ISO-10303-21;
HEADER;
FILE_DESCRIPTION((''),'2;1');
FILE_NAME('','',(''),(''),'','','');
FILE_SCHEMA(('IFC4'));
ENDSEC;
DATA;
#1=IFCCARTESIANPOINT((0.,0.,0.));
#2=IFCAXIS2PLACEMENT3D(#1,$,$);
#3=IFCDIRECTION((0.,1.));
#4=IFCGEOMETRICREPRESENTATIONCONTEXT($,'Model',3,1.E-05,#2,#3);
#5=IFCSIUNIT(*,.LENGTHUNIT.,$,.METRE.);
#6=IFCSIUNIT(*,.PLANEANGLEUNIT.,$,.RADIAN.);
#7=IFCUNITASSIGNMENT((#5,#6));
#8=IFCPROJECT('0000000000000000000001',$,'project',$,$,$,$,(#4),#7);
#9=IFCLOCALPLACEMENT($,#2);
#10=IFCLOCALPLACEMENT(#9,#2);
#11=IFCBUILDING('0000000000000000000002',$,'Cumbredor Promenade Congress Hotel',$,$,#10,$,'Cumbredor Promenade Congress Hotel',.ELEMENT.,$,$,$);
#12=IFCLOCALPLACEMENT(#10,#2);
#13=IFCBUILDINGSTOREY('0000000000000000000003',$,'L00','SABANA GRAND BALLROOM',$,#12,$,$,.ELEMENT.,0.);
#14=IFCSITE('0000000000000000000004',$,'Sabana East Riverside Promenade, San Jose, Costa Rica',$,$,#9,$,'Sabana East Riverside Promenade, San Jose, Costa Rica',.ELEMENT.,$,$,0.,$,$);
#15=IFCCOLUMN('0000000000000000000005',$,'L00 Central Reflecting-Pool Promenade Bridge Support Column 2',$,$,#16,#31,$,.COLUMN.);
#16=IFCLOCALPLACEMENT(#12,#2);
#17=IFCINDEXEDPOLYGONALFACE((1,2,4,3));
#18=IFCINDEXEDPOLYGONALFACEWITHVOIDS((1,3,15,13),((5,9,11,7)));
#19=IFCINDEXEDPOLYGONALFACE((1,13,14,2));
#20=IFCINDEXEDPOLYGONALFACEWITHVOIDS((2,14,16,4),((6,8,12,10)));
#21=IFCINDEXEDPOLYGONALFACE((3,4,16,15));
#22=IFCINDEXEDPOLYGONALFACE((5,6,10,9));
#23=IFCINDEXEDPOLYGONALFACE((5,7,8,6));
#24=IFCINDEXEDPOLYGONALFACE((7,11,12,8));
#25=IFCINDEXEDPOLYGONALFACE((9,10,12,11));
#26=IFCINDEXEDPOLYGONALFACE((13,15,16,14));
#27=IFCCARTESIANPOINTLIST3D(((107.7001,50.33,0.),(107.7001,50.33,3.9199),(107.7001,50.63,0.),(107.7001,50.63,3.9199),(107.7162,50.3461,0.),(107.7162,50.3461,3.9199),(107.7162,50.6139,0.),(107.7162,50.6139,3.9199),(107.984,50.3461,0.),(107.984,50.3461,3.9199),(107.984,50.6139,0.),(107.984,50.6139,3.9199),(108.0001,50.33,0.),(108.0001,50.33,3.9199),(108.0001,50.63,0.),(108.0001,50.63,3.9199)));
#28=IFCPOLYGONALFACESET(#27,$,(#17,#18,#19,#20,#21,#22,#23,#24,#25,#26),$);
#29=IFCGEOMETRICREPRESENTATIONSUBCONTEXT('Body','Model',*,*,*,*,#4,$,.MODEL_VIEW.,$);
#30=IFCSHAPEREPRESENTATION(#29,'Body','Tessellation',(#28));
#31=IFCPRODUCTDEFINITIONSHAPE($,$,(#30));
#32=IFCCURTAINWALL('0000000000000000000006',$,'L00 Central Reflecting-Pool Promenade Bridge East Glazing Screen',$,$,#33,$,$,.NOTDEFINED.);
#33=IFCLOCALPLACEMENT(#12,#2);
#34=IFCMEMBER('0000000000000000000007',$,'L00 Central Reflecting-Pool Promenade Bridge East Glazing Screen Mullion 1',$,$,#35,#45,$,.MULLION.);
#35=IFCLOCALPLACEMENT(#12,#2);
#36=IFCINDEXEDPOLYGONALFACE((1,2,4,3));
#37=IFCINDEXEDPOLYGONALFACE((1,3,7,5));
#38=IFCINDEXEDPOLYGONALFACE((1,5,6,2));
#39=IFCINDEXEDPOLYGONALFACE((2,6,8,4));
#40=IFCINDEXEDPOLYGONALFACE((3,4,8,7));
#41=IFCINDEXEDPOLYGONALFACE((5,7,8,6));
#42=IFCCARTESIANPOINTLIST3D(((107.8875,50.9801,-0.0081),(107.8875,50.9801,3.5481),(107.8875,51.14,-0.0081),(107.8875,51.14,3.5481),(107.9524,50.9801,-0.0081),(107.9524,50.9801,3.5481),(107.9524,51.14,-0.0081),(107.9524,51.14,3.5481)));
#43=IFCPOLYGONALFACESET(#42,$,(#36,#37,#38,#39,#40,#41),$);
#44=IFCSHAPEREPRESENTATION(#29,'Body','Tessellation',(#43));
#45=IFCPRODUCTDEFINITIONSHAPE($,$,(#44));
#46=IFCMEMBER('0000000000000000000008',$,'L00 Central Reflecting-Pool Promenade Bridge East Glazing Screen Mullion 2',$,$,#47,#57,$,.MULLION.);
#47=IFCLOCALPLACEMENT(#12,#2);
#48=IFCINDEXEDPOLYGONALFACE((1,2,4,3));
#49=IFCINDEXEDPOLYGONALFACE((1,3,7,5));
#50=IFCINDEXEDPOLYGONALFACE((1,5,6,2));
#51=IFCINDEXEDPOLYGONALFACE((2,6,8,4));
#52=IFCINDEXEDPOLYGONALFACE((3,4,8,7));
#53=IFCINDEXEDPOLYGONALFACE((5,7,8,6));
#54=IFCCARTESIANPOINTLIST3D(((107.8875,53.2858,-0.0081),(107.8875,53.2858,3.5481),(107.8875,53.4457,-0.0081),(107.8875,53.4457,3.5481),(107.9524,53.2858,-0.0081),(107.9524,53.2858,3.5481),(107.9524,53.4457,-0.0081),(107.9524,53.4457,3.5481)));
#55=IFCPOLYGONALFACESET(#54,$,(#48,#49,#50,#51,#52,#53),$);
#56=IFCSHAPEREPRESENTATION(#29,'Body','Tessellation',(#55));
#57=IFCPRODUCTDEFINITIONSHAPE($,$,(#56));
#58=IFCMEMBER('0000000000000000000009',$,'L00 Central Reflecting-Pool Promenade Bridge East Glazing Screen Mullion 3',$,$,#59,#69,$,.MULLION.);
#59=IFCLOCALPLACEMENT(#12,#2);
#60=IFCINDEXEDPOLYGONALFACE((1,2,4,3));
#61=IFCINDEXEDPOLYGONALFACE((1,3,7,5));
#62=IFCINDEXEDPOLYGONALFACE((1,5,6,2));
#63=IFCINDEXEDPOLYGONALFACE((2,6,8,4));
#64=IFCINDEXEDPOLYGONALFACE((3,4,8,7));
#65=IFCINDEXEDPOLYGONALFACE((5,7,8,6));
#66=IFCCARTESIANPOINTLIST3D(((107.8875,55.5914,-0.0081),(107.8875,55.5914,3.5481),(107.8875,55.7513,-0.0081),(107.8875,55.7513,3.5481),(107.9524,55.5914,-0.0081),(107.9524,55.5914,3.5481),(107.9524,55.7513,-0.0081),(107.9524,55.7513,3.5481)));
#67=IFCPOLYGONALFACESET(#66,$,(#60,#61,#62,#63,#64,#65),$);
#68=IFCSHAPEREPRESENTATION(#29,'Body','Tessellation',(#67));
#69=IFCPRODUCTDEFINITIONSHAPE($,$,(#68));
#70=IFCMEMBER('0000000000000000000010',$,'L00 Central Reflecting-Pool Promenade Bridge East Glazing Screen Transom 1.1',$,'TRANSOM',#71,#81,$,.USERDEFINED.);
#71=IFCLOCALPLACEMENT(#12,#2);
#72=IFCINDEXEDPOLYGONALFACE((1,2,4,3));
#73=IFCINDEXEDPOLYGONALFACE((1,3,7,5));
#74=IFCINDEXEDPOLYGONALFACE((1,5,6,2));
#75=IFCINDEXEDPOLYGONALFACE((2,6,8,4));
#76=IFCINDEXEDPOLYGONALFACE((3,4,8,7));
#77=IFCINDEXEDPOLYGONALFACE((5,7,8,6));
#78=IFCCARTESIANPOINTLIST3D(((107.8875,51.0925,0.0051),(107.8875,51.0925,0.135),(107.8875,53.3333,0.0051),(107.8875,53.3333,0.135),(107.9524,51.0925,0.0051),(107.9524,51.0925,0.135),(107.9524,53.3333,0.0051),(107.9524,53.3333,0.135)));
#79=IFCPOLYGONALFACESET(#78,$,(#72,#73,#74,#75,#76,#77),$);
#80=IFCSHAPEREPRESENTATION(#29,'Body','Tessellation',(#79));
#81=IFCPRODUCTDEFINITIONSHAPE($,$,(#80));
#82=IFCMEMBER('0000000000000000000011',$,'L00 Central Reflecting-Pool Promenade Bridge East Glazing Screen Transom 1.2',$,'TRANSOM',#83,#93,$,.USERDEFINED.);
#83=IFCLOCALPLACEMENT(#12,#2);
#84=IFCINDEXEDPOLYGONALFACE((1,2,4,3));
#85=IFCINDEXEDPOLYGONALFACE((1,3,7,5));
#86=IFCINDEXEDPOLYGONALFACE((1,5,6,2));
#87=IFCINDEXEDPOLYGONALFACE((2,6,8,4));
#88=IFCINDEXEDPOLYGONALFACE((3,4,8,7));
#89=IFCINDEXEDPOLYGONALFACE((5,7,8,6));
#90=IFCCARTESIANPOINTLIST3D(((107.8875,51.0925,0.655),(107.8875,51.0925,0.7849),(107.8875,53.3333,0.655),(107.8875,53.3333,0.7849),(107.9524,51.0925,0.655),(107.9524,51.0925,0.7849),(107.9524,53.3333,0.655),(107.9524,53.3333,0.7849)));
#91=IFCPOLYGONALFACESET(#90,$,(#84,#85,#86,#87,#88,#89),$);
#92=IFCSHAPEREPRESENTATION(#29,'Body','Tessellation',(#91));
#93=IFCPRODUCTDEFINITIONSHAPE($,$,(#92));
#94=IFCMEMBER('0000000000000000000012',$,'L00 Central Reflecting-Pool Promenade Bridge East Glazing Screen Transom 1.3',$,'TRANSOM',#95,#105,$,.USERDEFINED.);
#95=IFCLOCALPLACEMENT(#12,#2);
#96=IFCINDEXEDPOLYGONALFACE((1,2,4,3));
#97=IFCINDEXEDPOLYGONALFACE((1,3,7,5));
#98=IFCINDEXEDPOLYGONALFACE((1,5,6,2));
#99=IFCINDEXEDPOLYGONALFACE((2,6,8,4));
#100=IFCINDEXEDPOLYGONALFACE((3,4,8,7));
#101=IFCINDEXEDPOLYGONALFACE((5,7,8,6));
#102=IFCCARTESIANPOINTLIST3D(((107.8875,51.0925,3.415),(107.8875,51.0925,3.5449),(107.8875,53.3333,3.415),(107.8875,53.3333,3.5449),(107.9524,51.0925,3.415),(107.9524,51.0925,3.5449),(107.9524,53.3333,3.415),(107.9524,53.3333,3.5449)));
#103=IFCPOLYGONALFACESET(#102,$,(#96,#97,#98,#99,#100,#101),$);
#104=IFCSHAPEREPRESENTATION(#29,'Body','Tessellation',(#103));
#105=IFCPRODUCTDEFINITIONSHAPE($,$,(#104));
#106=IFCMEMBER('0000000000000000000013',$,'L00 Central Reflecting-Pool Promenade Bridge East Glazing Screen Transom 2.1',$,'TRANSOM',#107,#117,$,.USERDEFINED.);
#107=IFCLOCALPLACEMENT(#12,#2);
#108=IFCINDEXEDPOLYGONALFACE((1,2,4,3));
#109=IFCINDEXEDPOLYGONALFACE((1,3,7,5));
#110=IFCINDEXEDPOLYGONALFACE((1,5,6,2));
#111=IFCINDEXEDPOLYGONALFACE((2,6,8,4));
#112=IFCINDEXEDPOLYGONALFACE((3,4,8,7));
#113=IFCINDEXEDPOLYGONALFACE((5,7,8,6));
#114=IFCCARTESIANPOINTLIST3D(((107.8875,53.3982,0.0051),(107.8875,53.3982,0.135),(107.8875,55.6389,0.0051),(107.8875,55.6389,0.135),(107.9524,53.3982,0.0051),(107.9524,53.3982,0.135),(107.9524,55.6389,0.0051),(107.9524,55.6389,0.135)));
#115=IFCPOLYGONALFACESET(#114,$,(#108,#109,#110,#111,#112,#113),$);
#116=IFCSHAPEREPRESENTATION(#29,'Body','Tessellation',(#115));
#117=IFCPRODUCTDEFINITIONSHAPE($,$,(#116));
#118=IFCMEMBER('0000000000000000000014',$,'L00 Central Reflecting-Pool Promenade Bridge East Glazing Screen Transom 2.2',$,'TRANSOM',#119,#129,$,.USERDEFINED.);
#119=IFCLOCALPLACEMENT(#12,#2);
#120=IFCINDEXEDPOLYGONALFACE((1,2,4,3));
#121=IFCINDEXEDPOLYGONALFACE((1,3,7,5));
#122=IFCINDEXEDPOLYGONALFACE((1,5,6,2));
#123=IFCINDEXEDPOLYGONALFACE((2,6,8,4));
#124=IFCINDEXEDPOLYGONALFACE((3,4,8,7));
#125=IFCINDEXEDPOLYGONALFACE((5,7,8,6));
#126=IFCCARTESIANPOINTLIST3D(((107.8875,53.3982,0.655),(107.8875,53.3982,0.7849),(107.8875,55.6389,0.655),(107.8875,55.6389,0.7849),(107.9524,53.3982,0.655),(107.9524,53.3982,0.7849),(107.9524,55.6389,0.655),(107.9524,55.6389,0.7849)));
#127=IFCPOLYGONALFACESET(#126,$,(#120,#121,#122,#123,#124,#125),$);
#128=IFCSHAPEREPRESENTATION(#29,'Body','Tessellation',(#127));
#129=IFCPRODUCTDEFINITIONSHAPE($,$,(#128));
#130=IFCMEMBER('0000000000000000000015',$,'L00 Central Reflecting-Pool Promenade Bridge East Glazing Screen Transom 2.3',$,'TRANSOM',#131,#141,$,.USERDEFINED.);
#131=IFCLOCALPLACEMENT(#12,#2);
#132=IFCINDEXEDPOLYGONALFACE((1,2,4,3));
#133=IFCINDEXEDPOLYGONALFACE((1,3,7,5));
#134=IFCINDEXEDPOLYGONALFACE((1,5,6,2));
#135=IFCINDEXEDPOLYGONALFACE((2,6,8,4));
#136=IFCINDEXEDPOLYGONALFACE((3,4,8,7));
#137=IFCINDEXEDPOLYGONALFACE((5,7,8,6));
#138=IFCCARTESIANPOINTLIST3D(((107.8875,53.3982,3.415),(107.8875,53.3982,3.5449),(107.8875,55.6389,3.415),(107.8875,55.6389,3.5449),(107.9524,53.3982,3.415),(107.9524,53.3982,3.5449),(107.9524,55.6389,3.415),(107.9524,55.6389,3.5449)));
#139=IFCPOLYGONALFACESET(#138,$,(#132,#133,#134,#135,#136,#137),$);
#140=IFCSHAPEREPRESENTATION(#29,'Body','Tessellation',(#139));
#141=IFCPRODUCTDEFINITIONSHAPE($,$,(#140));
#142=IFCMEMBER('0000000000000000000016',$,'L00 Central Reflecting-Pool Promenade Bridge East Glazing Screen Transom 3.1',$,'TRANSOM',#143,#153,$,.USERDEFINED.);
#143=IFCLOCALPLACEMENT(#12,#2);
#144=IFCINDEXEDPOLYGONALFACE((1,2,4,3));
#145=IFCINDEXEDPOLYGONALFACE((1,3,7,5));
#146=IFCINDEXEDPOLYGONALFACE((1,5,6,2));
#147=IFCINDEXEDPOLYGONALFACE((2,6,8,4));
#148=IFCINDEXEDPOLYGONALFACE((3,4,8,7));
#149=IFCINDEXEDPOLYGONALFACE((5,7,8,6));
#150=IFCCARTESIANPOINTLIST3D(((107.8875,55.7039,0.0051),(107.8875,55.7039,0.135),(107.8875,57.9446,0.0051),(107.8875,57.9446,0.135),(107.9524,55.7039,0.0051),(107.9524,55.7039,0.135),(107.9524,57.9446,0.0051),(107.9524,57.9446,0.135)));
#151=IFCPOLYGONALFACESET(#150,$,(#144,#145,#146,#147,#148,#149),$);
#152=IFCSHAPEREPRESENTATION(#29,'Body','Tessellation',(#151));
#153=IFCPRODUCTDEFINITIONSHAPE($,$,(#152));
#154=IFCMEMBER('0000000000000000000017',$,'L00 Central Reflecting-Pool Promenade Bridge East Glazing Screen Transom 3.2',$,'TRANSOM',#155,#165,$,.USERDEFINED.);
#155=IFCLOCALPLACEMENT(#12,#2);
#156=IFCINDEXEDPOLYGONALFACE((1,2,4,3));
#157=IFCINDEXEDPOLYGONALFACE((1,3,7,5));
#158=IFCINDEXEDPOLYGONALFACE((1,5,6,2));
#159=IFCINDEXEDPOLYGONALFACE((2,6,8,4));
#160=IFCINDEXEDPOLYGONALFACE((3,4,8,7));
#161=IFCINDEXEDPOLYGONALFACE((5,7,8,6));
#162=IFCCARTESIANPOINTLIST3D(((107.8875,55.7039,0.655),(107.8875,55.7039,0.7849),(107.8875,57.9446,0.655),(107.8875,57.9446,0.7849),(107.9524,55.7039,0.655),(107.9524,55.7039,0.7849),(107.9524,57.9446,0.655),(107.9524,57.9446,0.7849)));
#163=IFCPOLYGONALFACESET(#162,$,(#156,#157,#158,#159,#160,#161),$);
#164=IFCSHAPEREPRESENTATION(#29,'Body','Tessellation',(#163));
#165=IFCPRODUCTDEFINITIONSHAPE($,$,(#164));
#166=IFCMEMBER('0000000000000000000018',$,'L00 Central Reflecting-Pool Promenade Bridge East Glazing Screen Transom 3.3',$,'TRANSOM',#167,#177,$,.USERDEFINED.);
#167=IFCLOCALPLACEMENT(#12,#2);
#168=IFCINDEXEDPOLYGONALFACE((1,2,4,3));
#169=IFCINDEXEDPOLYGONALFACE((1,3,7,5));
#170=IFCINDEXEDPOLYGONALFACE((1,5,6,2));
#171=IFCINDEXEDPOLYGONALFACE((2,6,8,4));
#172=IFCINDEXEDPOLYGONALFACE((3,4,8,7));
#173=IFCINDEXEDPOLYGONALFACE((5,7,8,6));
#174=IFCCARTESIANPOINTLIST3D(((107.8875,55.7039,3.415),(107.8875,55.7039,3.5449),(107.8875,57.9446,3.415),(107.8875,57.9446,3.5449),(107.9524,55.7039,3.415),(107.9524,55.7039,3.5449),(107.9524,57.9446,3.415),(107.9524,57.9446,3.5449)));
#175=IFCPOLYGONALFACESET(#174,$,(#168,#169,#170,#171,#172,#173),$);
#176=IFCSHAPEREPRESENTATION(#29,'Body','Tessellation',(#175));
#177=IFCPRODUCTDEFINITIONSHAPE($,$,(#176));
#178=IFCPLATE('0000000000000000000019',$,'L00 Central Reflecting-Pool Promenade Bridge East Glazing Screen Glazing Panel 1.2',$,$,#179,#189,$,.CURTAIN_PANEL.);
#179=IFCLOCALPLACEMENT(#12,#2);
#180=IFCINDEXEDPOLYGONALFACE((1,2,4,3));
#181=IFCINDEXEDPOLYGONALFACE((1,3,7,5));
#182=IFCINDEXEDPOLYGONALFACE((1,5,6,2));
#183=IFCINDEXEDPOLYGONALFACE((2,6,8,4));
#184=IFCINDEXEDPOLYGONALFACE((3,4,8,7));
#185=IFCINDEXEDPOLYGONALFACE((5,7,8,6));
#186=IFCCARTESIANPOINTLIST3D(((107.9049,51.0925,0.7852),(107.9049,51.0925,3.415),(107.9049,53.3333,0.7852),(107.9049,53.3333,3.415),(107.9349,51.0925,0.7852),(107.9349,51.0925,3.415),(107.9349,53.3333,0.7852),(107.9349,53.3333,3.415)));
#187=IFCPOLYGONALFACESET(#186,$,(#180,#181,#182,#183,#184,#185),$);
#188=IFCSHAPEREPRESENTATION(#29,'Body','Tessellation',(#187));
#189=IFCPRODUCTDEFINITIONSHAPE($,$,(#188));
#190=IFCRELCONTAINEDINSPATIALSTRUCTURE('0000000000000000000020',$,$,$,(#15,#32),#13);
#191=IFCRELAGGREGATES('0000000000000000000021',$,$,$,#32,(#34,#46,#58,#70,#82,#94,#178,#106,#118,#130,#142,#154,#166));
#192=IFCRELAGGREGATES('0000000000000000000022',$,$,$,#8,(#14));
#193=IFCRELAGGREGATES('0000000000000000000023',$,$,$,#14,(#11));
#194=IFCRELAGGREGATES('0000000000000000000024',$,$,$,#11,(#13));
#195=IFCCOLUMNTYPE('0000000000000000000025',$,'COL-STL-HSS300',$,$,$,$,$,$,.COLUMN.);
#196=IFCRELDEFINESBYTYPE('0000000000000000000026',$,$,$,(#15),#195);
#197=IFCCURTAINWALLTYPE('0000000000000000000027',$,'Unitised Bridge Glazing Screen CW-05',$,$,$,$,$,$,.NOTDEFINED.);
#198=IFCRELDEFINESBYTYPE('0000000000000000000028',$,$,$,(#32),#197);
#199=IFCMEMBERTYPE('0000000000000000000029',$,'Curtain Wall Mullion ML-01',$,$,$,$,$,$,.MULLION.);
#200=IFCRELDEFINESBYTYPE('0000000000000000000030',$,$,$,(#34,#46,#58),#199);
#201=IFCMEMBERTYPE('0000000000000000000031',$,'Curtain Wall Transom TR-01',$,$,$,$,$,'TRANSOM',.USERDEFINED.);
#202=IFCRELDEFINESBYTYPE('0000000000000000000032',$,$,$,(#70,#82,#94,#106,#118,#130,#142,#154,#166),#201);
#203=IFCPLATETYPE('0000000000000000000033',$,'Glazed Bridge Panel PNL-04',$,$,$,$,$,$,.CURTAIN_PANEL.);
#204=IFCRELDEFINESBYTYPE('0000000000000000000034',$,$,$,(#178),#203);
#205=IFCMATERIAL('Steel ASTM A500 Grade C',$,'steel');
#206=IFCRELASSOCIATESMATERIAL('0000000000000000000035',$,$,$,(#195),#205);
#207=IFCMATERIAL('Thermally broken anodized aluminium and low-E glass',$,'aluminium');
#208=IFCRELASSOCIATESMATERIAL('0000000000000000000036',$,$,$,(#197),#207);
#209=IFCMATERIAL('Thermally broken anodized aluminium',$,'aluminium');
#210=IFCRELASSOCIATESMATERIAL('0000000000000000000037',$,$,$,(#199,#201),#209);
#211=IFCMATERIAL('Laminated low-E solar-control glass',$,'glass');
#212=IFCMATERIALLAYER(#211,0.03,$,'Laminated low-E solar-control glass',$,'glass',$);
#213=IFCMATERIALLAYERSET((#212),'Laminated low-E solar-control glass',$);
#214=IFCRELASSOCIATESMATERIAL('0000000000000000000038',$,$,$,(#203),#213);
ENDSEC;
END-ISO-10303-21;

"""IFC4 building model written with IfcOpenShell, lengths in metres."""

from ifc_helpers import new_model, si_unit, direction, frame, origin, origin_2d, place, context, subcontext, project, spatial, rectangle, hollow_rectangle, extrude, material, layer, layer_set, material_profile, profile_set, type_object, element, aggregate, save


model = new_model("IFC4")

# Units and contexts
model_context = context("Model", 3, precision=1e-05, world=origin(), true_north=direction((0.0, 1.0)))
body_context = subcontext(model_context, "Body", "Model", "MODEL_VIEW")
ifc_project = project(units=[si_unit("LENGTHUNIT", "METRE"), si_unit("PLANEANGLEUNIT", "RADIAN")], contexts=[model_context])

# Site, building, storey
site_placement = place(None, origin())
site = spatial("IfcSite", under=ifc_project, at=site_placement, Name="Sabana East Riverside Promenade, San Jose, Costa Rica", LongName="Sabana East Riverside Promenade, San Jose, Costa Rica", CompositionType="ELEMENT", RefElevation=0.0)
building_placement = place(site_placement, origin())
building = spatial("IfcBuilding", under=site, at=building_placement, Name="Cumbredor Promenade Congress Hotel", LongName="Cumbredor Promenade Congress Hotel", CompositionType="ELEMENT")
storey_placement = place(building_placement, origin())
storey = spatial("IfcBuildingStorey", under=building, at=storey_placement, Name="L00", Description="SABANA GRAND BALLROOM", CompositionType="ELEMENT", Elevation=0.0)

# Column
ifc_material_1 = material(Name="Steel ASTM A500 Grade C", Category="steel")
ifc_material_profile_1 = material_profile(ifc_material_1, hollow_rectangle(XDim=0.3, YDim=0.3, WallThickness=0.0161, at=origin_2d()), Name="HSS 300x300x16")
ifc_profile_set_1 = profile_set([ifc_material_profile_1], Name="Steel ASTM A500 Grade C")
column_type = type_object("IfcColumnType", Name="COL-STL-HSS300", PredefinedType="COLUMN", material=ifc_profile_set_1)
column_placement = place(storey_placement, frame((107.8501, 50.48, 0.0), z_axis=(0.0, 0.0, 1.0), x_axis=(1.0, 0.0, 0.0)))
element("IfcColumn", 1, at=column_placement, inside=storey, type_object=column_type, Name="L00 Central Reflecting-Pool Promenade Bridge Support Column 2", PredefinedType="COLUMN", context=body_context, shape_type="SweptSolid", body=[
    extrude(hollow_rectangle(XDim=0.3, YDim=0.3, WallThickness=0.0161, at=origin_2d()), origin(), (0.0, 0.0, 1.0), 3.9199),
])

# Curtain wall, members, plate
ifc_material_2 = material(Name="Thermally broken anodized aluminium and low-E glass", Category="aluminium")
curtain_wall_type = type_object("IfcCurtainWallType", Name="Unitised Bridge Glazing Screen CW-05", PredefinedType="NOTDEFINED", material=ifc_material_2)
curtain_wall_placement = place(storey_placement, origin())
curtain_wall = element("IfcCurtainWall", 2, at=curtain_wall_placement, inside=storey, type_object=curtain_wall_type, Name="L00 Central Reflecting-Pool Promenade Bridge East Glazing Screen", PredefinedType="NOTDEFINED")
ifc_material_3 = material(Name="Thermally broken anodized aluminium", Category="aluminium")
ifc_material_profile_2 = material_profile(ifc_material_3, rectangle(XDim=0.0649, YDim=0.1599, at=origin_2d()), Name="ALU MULLION 65x160")
ifc_profile_set_2 = profile_set([ifc_material_profile_2], Name="Thermally broken anodized aluminium")
member_type_1 = type_object("IfcMemberType", Name="Curtain Wall Mullion ML-01", PredefinedType="MULLION", material=ifc_profile_set_2)
member_1_placement = place(storey_placement, frame((107.9199, 51.0601, -0.0081), z_axis=(0.0, 0.0, 1.0), x_axis=(1.0, 0.0, 0.0)))
member_1 = element("IfcMember", 3, at=member_1_placement, type_object=member_type_1, Name="L00 Central Reflecting-Pool Promenade Bridge East Glazing Screen Mullion 1", PredefinedType="MULLION", context=body_context, shape_type="SweptSolid", body=[
    extrude(rectangle(XDim=0.0649, YDim=0.1599, at=origin_2d()), origin(), (0.0, 0.0, 1.0), 3.5562),
])
member_2_placement = place(storey_placement, frame((107.9199, 53.3657, -0.0081), z_axis=(0.0, 0.0, 1.0), x_axis=(1.0, 0.0, 0.0)))
member_2 = element("IfcMember", 4, at=member_2_placement, type_object=member_type_1, Name="L00 Central Reflecting-Pool Promenade Bridge East Glazing Screen Mullion 2", PredefinedType="MULLION", context=body_context, shape_type="SweptSolid", body=[
    extrude(rectangle(XDim=0.0649, YDim=0.1599, at=origin_2d()), origin(), (0.0, 0.0, 1.0), 3.5562),
])
member_3_placement = place(storey_placement, frame((107.9199, 55.6714, -0.0081), z_axis=(0.0, 0.0, 1.0), x_axis=(1.0, 0.0, 0.0)))
member_3 = element("IfcMember", 5, at=member_3_placement, type_object=member_type_1, Name="L00 Central Reflecting-Pool Promenade Bridge East Glazing Screen Mullion 3", PredefinedType="MULLION", context=body_context, shape_type="SweptSolid", body=[
    extrude(rectangle(XDim=0.0649, YDim=0.1599, at=origin_2d()), origin(), (0.0, 0.0, 1.0), 3.5562),
])
ifc_material_profile_3 = material_profile(ifc_material_3, rectangle(XDim=0.0649, YDim=0.1299, at=origin_2d()), Name="ALU TRANSOM 65x130")
ifc_profile_set_3 = profile_set([ifc_material_profile_3], Name="Thermally broken anodized aluminium")
member_type_2 = type_object("IfcMemberType", Name="Curtain Wall Transom TR-01", ElementType="TRANSOM", PredefinedType="USERDEFINED", material=ifc_profile_set_3)
member_4_placement = place(storey_placement, frame((107.9199, 51.0925, 0.0701), z_axis=(0.0, 1.0, 0.0), x_axis=(-1.0, 0.0, 0.0)))
member_4 = element("IfcMember", 6, at=member_4_placement, type_object=member_type_2, Name="L00 Central Reflecting-Pool Promenade Bridge East Glazing Screen Transom 1.1", ObjectType="TRANSOM", PredefinedType="USERDEFINED", context=body_context, shape_type="SweptSolid", body=[
    extrude(rectangle(XDim=0.0649, YDim=0.1299, at=origin_2d()), origin(), (0.0, 0.0, 1.0), 2.2407),
])
member_5_placement = place(storey_placement, frame((107.9199, 51.0925, 0.72), z_axis=(0.0, 1.0, 0.0), x_axis=(-1.0, 0.0, 0.0)))
member_5 = element("IfcMember", 7, at=member_5_placement, type_object=member_type_2, Name="L00 Central Reflecting-Pool Promenade Bridge East Glazing Screen Transom 1.2", ObjectType="TRANSOM", PredefinedType="USERDEFINED", context=body_context, shape_type="SweptSolid", body=[
    extrude(rectangle(XDim=0.0649, YDim=0.1299, at=origin_2d()), origin(), (0.0, 0.0, 1.0), 2.2407),
])
member_6_placement = place(storey_placement, frame((107.9199, 51.0925, 3.48), z_axis=(0.0, 1.0, 0.0), x_axis=(-1.0, 0.0, 0.0)))
member_6 = element("IfcMember", 8, at=member_6_placement, type_object=member_type_2, Name="L00 Central Reflecting-Pool Promenade Bridge East Glazing Screen Transom 1.3", ObjectType="TRANSOM", PredefinedType="USERDEFINED", context=body_context, shape_type="SweptSolid", body=[
    extrude(rectangle(XDim=0.0649, YDim=0.1299, at=origin_2d()), origin(), (0.0, 0.0, 1.0), 2.2407),
])
member_7_placement = place(storey_placement, frame((107.9199, 53.3982, 0.0701), z_axis=(0.0, 1.0, 0.0), x_axis=(-1.0, 0.0, 0.0)))
member_7 = element("IfcMember", 9, at=member_7_placement, type_object=member_type_2, Name="L00 Central Reflecting-Pool Promenade Bridge East Glazing Screen Transom 2.1", ObjectType="TRANSOM", PredefinedType="USERDEFINED", context=body_context, shape_type="SweptSolid", body=[
    extrude(rectangle(XDim=0.0649, YDim=0.1299, at=origin_2d()), origin(), (0.0, 0.0, 1.0), 2.2407),
])
member_8_placement = place(storey_placement, frame((107.9199, 53.3982, 0.72), z_axis=(0.0, 1.0, 0.0), x_axis=(-1.0, 0.0, 0.0)))
member_8 = element("IfcMember", 10, at=member_8_placement, type_object=member_type_2, Name="L00 Central Reflecting-Pool Promenade Bridge East Glazing Screen Transom 2.2", ObjectType="TRANSOM", PredefinedType="USERDEFINED", context=body_context, shape_type="SweptSolid", body=[
    extrude(rectangle(XDim=0.0649, YDim=0.1299, at=origin_2d()), origin(), (0.0, 0.0, 1.0), 2.2407),
])
member_9_placement = place(storey_placement, frame((107.9199, 53.3982, 3.48), z_axis=(0.0, 1.0, 0.0), x_axis=(-1.0, 0.0, 0.0)))
member_9 = element("IfcMember", 11, at=member_9_placement, type_object=member_type_2, Name="L00 Central Reflecting-Pool Promenade Bridge East Glazing Screen Transom 2.3", ObjectType="TRANSOM", PredefinedType="USERDEFINED", context=body_context, shape_type="SweptSolid", body=[
    extrude(rectangle(XDim=0.0649, YDim=0.1299, at=origin_2d()), origin(), (0.0, 0.0, 1.0), 2.2407),
])
member_10_placement = place(storey_placement, frame((107.9199, 55.7039, 0.0701), z_axis=(0.0, 1.0, 0.0), x_axis=(-1.0, 0.0, 0.0)))
member_10 = element("IfcMember", 12, at=member_10_placement, type_object=member_type_2, Name="L00 Central Reflecting-Pool Promenade Bridge East Glazing Screen Transom 3.1", ObjectType="TRANSOM", PredefinedType="USERDEFINED", context=body_context, shape_type="SweptSolid", body=[
    extrude(rectangle(XDim=0.0649, YDim=0.1299, at=origin_2d()), origin(), (0.0, 0.0, 1.0), 2.2407),
])
member_11_placement = place(storey_placement, frame((107.9199, 55.7039, 0.72), z_axis=(0.0, 1.0, 0.0), x_axis=(-1.0, 0.0, 0.0)))
member_11 = element("IfcMember", 13, at=member_11_placement, type_object=member_type_2, Name="L00 Central Reflecting-Pool Promenade Bridge East Glazing Screen Transom 3.2", ObjectType="TRANSOM", PredefinedType="USERDEFINED", context=body_context, shape_type="SweptSolid", body=[
    extrude(rectangle(XDim=0.0649, YDim=0.1299, at=origin_2d()), origin(), (0.0, 0.0, 1.0), 2.2407),
])
member_12_placement = place(storey_placement, frame((107.9199, 55.7039, 3.48), z_axis=(0.0, 1.0, 0.0), x_axis=(-1.0, 0.0, 0.0)))
member_12 = element("IfcMember", 14, at=member_12_placement, type_object=member_type_2, Name="L00 Central Reflecting-Pool Promenade Bridge East Glazing Screen Transom 3.3", ObjectType="TRANSOM", PredefinedType="USERDEFINED", context=body_context, shape_type="SweptSolid", body=[
    extrude(rectangle(XDim=0.0649, YDim=0.1299, at=origin_2d()), origin(), (0.0, 0.0, 1.0), 2.2407),
])
ifc_material_4 = material(Name="Laminated low-E solar-control glass", Category="glass")
ifc_layer_1 = layer(ifc_material_4, 0.03, Name="Laminated low-E solar-control glass", Category="glass")
ifc_layer_set_1 = layer_set([ifc_layer_1], Name="Laminated low-E solar-control glass")
plate_type_1 = type_object("IfcPlateType", Name="Glazed Bridge Panel PNL-04", PredefinedType="CURTAIN_PANEL", material=ifc_layer_set_1)
plate_1_placement = place(storey_placement, frame((107.9199, 52.2129, 0.7852), z_axis=(0.0, 0.0, 1.0), x_axis=(0.0, 1.0, 0.0)))
plate_1 = element("IfcPlate", 15, at=plate_1_placement, type_object=plate_type_1, Name="L00 Central Reflecting-Pool Promenade Bridge East Glazing Screen Glazing Panel 1.2", PredefinedType="CURTAIN_PANEL", context=body_context, shape_type="SweptSolid", body=[
    extrude(rectangle(XDim=2.2407, YDim=0.03, at=origin_2d()), origin(), (0.0, 0.0, 1.0), 2.6299),
])

aggregate(curtain_wall, [member_1, member_2, member_3, member_4, member_5, member_6, plate_1, member_7, member_8, member_9, member_10, member_11, member_12])

save(model, "model.ifc")
